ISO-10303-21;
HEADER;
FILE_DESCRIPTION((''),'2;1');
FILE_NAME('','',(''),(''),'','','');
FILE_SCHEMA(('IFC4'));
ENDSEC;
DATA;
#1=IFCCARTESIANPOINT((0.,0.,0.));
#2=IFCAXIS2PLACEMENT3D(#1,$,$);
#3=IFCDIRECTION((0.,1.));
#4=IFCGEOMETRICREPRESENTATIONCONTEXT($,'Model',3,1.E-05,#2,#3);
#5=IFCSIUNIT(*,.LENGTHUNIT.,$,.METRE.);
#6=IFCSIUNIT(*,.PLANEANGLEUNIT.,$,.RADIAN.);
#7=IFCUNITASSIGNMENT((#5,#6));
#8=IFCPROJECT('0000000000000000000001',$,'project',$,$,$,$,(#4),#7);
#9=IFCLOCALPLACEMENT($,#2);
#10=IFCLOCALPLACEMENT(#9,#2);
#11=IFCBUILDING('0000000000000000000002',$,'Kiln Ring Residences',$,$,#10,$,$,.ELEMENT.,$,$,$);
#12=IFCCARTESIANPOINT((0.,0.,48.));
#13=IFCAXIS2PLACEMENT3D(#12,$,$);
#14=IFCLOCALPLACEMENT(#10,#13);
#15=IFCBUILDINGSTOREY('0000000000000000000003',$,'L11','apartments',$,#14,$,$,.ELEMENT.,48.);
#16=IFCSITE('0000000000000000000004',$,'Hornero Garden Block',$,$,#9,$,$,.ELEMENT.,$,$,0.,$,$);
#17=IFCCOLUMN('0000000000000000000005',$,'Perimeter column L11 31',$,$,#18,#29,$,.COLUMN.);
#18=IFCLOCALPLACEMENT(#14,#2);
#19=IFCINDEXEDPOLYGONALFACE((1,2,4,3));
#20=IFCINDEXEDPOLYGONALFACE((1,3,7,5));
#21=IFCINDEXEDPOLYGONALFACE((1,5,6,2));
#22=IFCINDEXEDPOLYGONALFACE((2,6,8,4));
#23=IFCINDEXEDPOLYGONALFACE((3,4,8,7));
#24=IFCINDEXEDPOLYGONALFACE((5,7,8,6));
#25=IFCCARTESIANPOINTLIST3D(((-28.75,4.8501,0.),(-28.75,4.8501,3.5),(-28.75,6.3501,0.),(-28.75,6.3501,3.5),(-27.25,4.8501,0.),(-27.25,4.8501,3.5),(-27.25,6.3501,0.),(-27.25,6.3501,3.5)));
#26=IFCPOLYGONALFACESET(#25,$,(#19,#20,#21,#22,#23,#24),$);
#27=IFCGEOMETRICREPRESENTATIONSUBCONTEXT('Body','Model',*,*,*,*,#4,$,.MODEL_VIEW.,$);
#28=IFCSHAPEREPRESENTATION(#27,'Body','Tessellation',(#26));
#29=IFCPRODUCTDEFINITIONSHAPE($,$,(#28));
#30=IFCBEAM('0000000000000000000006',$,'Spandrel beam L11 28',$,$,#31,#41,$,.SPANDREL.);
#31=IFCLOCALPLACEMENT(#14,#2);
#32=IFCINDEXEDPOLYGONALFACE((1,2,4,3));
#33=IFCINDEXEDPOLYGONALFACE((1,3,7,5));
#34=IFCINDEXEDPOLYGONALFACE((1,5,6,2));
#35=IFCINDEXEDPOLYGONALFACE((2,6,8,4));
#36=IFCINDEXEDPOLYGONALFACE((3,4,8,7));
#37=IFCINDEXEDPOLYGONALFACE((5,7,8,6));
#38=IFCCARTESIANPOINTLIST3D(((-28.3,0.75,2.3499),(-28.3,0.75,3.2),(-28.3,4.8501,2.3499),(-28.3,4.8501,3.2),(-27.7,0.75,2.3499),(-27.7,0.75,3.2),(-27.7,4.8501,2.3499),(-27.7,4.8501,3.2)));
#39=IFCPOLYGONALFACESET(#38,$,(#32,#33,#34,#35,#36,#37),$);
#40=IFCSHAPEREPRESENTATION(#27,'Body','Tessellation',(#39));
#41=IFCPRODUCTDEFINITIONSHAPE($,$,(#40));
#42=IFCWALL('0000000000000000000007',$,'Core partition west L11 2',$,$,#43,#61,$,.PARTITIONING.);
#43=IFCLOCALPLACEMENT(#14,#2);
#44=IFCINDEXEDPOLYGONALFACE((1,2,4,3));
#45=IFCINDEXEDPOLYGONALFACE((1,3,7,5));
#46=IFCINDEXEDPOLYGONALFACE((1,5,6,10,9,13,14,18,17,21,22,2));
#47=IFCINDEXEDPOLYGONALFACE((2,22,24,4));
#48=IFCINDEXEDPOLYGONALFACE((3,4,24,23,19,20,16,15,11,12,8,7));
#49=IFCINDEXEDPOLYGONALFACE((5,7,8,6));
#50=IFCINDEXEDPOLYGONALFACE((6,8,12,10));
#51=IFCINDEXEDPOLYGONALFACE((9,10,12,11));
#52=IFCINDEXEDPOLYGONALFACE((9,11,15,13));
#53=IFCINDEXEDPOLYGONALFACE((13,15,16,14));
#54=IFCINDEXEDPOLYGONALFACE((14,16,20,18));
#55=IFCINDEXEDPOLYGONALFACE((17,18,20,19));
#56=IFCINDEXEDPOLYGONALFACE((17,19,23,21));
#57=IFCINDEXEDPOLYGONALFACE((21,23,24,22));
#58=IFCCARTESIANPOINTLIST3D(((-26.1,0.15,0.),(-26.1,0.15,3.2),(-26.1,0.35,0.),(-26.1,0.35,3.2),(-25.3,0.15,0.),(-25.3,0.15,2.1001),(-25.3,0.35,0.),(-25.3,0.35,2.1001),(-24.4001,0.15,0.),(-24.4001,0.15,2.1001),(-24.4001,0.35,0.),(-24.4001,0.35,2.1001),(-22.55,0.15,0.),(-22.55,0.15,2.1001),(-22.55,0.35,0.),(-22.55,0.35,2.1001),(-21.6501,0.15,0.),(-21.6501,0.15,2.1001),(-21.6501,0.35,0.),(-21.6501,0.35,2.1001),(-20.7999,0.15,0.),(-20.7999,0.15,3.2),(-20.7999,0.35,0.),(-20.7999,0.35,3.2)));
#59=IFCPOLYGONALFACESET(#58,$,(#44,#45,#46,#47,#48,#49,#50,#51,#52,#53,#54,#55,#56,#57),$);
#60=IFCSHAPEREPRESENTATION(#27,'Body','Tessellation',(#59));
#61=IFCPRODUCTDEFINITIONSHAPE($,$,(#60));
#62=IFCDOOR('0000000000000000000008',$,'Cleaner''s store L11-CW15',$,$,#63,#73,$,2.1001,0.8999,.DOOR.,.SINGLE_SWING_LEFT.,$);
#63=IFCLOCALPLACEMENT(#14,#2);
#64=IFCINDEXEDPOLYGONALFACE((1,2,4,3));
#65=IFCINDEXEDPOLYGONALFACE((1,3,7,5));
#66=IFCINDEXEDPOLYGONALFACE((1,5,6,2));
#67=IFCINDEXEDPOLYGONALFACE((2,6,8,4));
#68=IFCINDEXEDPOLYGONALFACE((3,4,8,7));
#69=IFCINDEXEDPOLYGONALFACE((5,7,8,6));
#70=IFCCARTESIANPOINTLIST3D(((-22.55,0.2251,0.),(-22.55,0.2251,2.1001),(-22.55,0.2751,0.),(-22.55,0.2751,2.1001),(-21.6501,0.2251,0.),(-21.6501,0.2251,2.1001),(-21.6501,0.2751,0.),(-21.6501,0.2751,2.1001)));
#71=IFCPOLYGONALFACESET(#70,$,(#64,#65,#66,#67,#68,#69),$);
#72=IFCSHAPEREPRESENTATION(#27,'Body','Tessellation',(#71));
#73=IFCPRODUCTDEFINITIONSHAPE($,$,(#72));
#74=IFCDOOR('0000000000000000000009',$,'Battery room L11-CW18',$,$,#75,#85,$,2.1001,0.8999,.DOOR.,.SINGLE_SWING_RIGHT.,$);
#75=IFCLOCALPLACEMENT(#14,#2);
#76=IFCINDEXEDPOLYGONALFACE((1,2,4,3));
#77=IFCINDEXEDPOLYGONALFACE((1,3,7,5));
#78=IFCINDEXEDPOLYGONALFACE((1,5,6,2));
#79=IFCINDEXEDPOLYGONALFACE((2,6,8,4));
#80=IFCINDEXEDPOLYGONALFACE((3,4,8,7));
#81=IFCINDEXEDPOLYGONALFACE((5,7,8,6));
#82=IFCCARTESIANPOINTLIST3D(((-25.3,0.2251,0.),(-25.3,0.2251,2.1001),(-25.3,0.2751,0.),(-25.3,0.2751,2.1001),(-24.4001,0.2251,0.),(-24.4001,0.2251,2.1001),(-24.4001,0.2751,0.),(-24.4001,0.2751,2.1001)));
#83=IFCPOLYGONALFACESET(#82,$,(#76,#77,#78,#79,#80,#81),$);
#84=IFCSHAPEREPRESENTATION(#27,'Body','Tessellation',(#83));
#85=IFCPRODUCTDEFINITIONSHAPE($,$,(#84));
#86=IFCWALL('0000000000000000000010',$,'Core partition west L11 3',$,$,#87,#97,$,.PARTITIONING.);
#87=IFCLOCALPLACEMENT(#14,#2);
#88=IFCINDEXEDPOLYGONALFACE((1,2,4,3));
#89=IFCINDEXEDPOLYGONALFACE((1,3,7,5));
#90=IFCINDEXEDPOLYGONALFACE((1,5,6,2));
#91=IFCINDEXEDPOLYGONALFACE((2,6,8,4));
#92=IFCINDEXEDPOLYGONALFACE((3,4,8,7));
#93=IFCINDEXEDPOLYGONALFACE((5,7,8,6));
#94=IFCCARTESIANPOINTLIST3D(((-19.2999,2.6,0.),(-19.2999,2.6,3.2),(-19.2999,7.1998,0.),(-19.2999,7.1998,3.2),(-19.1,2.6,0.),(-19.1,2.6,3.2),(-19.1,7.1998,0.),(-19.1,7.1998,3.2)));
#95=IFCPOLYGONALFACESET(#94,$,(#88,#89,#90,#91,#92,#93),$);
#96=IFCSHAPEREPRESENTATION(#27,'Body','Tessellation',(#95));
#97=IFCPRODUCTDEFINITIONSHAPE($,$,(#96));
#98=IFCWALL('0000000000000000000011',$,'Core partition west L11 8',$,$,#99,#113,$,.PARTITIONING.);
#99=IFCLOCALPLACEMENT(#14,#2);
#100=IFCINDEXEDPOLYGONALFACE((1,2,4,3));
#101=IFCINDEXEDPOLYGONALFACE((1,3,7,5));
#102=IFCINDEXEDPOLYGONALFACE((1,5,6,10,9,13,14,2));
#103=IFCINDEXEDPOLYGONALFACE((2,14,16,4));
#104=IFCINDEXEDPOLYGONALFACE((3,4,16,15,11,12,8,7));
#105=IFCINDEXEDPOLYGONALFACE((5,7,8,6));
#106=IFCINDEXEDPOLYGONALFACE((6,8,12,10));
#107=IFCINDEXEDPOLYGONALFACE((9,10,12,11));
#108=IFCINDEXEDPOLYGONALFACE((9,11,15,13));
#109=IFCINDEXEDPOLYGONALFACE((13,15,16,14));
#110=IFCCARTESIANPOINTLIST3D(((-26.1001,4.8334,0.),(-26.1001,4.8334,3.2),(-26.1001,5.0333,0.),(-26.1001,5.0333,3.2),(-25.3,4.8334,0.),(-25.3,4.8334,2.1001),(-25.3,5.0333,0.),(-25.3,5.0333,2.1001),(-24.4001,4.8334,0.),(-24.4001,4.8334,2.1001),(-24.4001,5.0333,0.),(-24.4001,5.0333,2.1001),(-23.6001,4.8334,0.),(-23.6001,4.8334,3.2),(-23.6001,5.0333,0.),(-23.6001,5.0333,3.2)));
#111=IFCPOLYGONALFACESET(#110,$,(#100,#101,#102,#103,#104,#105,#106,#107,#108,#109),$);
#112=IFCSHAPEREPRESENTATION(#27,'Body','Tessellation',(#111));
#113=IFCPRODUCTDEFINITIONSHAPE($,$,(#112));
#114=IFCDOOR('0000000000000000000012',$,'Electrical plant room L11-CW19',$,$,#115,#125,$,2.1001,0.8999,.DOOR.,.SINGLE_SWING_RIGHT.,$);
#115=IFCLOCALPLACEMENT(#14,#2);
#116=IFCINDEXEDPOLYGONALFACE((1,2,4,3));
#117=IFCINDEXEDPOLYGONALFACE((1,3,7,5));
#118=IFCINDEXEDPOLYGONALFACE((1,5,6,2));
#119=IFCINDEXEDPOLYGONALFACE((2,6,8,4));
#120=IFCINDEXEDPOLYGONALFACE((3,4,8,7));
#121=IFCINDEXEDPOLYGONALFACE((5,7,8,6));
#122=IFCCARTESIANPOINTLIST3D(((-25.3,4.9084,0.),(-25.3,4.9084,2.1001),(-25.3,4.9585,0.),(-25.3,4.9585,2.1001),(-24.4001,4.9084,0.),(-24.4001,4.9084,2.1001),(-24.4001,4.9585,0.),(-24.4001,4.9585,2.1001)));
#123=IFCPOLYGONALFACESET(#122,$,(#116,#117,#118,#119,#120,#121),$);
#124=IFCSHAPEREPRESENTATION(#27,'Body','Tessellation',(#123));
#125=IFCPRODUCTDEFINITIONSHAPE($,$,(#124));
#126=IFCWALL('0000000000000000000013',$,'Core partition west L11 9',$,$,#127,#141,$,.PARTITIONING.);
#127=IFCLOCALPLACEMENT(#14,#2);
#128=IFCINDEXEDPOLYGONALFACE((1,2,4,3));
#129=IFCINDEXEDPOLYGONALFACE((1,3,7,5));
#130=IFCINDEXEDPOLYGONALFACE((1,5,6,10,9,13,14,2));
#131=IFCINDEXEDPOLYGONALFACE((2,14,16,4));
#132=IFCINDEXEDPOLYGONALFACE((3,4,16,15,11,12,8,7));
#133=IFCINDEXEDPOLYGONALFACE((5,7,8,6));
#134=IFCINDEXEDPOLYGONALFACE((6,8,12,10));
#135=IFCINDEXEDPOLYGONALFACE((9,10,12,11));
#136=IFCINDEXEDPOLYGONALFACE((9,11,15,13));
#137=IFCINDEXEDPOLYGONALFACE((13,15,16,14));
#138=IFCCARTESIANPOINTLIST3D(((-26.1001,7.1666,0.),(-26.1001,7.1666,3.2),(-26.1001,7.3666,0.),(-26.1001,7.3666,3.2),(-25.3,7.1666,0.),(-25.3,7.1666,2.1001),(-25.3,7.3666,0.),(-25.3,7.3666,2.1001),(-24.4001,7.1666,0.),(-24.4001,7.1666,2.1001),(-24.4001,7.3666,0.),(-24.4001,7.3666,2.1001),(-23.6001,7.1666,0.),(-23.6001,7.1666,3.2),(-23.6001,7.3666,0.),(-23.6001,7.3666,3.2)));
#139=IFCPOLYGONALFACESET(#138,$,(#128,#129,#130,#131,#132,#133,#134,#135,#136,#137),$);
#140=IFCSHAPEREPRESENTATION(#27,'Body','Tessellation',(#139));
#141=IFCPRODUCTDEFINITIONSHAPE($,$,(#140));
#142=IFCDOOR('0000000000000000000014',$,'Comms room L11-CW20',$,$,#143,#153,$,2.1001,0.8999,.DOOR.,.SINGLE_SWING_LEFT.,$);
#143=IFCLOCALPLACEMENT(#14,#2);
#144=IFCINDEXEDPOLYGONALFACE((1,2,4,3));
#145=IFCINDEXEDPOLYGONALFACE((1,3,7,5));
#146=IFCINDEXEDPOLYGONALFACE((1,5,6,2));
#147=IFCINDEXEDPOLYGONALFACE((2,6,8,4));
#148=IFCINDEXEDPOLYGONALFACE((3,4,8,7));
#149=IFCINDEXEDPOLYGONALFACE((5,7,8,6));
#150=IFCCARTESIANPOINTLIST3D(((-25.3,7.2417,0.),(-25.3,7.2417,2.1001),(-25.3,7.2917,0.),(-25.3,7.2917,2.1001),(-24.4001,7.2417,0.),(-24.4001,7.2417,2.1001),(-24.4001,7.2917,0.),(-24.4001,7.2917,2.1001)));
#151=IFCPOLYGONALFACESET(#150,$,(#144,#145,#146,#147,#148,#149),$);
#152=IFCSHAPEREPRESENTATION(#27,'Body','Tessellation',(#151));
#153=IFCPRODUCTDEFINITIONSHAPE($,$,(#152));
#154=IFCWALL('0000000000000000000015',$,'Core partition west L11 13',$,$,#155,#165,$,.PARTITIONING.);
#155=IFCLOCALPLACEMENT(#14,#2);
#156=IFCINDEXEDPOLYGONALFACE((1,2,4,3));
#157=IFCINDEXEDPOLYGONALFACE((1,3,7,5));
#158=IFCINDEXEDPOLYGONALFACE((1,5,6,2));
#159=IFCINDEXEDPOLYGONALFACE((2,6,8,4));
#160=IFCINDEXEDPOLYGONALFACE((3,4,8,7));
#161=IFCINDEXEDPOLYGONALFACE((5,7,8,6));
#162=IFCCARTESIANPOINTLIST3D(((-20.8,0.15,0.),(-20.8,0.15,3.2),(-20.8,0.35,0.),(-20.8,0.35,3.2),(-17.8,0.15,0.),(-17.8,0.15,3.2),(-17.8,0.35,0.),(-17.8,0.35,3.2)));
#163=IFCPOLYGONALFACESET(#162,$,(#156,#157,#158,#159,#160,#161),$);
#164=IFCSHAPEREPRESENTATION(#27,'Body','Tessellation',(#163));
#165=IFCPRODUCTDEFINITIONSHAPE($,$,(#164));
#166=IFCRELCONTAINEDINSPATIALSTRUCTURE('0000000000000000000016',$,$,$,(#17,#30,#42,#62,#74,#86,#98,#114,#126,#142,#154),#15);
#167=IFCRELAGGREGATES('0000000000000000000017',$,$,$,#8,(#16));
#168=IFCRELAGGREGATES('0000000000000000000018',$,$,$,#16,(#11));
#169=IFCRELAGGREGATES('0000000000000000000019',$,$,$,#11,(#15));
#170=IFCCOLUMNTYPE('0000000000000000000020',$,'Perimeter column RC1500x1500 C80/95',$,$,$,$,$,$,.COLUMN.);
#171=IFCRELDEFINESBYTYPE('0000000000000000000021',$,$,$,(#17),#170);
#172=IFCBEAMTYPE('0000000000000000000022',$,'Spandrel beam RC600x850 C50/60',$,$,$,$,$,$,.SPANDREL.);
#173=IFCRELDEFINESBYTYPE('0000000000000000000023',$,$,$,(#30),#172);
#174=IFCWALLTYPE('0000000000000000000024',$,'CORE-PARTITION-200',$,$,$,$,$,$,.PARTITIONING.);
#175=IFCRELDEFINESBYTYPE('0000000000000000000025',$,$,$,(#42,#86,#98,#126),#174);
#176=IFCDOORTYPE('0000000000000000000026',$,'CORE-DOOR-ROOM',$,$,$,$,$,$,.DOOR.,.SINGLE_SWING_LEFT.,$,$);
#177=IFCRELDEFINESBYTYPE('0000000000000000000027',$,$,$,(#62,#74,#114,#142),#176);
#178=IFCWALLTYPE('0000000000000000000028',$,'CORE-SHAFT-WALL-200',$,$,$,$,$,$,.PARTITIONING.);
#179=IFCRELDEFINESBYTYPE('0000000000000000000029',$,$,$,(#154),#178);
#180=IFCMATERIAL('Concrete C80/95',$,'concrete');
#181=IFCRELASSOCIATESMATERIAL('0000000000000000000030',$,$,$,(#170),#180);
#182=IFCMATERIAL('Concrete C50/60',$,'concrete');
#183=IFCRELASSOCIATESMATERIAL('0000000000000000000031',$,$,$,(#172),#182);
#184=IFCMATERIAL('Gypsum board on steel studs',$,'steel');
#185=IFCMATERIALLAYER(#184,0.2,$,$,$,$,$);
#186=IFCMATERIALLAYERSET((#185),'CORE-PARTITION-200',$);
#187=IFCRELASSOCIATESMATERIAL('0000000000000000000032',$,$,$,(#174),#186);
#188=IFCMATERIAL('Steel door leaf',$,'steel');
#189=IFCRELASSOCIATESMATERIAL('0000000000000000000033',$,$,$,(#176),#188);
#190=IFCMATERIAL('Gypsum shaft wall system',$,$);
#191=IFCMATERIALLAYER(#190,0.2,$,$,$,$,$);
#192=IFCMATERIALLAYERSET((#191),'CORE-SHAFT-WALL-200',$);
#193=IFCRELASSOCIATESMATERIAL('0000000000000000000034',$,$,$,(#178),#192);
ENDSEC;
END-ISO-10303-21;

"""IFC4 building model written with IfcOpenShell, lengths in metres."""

from ifc_helpers import new_model, si_unit, direction, frame, frame_2d, origin, origin_2d, place, context, subcontext, project, spatial, rectangle, extrude, material, layer, layer_set, material_profile, profile_set, type_object, element, fill, save


model = new_model("IFC4")

# Units and contexts
model_context = context("Model", 3, precision=1e-05, world=origin(), true_north=direction((0.0, 1.0)))
body_context = subcontext(model_context, "Body", "Model", "MODEL_VIEW")
ifc_project = project(units=[si_unit("LENGTHUNIT", "METRE"), si_unit("PLANEANGLEUNIT", "RADIAN")], contexts=[model_context])

# Site, building, storey
site_placement = place(None, origin())
site = spatial("IfcSite", under=ifc_project, at=site_placement, Name="Hornero Garden Block", CompositionType="ELEMENT", RefElevation=0.0)
building_placement = place(site_placement, origin())
building = spatial("IfcBuilding", under=site, at=building_placement, Name="Kiln Ring Residences", CompositionType="ELEMENT")
storey_placement = place(building_placement, frame((0.0, 0.0, 48.0)))
storey = spatial("IfcBuildingStorey", under=building, at=storey_placement, Name="L11", Description="apartments", CompositionType="ELEMENT", Elevation=48.0)

# Column
ifc_material_1 = material(Name="Concrete C80/95", Category="concrete")
ifc_material_profile_1 = material_profile(ifc_material_1, rectangle(XDim=1.5, YDim=1.5, at=origin_2d()), Name="RC1500x1500")
ifc_profile_set_1 = profile_set([ifc_material_profile_1], Name="Concrete C80/95")
column_type = type_object("IfcColumnType", Name="Perimeter column RC1500x1500 C80/95", PredefinedType="COLUMN", material=ifc_profile_set_1)
column_placement = place(storey_placement, frame((-28.0, 5.6001, 0.0), z_axis=(0.0, 0.0, 1.0), x_axis=(1.0, 0.0, 0.0)))
element("IfcColumn", 1, at=column_placement, inside=storey, type_object=column_type, Name="Perimeter column L11 31", PredefinedType="COLUMN", context=body_context, shape_type="SweptSolid", body=[
    extrude(rectangle(XDim=1.5, YDim=1.5, at=origin_2d()), origin(), (0.0, 0.0, 1.0), 3.5),
])

# Beam
ifc_material_2 = material(Name="Concrete C50/60", Category="concrete")
ifc_material_profile_2 = material_profile(ifc_material_2, rectangle(XDim=0.6001, YDim=0.8501, at=origin_2d()), Name="RC600x850")
ifc_profile_set_2 = profile_set([ifc_material_profile_2], Name="Concrete C50/60")
beam_type = type_object("IfcBeamType", Name="Spandrel beam RC600x850 C50/60", PredefinedType="SPANDREL", material=ifc_profile_set_2)
beam_placement = place(storey_placement, frame((-28.0, 4.8501, 2.7749), z_axis=(0.0, -1.0, 0.0), x_axis=(1.0, 0.0, 0.0)))
element("IfcBeam", 2, at=beam_placement, inside=storey, type_object=beam_type, Name="Spandrel beam L11 28", PredefinedType="SPANDREL", context=body_context, shape_type="SweptSolid", body=[
    extrude(rectangle(XDim=0.6001, YDim=0.8501, at=origin_2d()), origin(), (0.0, 0.0, 1.0), 4.1001),
])

# Wall, openings, doors
ifc_material_3 = material(Name="Gypsum board on steel studs", Category="steel")
ifc_layer_1 = layer(ifc_material_3, 0.2)
ifc_layer_set_1 = layer_set([ifc_layer_1], Name="CORE-PARTITION-200")
wall_type_1 = type_object("IfcWallType", Name="CORE-PARTITION-200", PredefinedType="PARTITIONING", material=ifc_layer_set_1)
wall_1_placement = place(storey_placement, frame((-20.8, 0.25, 0.0), z_axis=(0.0, 0.0, 1.0), x_axis=(-1.0, 0.0, 0.0)))
wall_1 = element("IfcWall", 3, at=wall_1_placement, inside=storey, type_object=wall_type_1, Name="Core partition west L11 2", PredefinedType="PARTITIONING", context=body_context, shape_type="SweptSolid", body=[
    extrude(rectangle(XDim=5.3, YDim=0.2, at=frame_2d((2.6499, 0.0))), origin(), (0.0, 0.0, 1.0), 3.2),
])
opening_1_placement = place(wall_1_placement, frame((0.8501, 0.0, 0.0)))
opening_1 = element("IfcOpeningElement", 4, at=opening_1_placement, cuts=wall_1, PredefinedType="OPENING", context=body_context, shape_type="SweptSolid", body=[
    extrude(rectangle(XDim=0.8999, YDim=2.1001, at=frame_2d((0.45, 1.05))), frame((0.0, 0.1099, 0.0), z_axis=(0.0, -1.0, 0.0), x_axis=(1.0, 0.0, 0.0)), (0.0, 0.0, 1.0), 0.22),
])
opening_2_placement = place(wall_1_placement, frame((3.6001, 0.0, 0.0)))
opening_2 = element("IfcOpeningElement", 5, at=opening_2_placement, cuts=wall_1, PredefinedType="OPENING", context=body_context, shape_type="SweptSolid", body=[
    extrude(rectangle(XDim=0.8999, YDim=2.1001, at=frame_2d((0.45, 1.05))), frame((0.0, 0.1099, 0.0), z_axis=(0.0, -1.0, 0.0), x_axis=(1.0, 0.0, 0.0)), (0.0, 0.0, 1.0), 0.22),
])
ifc_material_4 = material(Name="Steel door leaf", Category="steel")
door_type = type_object("IfcDoorType", Name="CORE-DOOR-ROOM", OperationType="SINGLE_SWING_LEFT", PredefinedType="DOOR", material=ifc_material_4)
door_1_placement = place(opening_1_placement, origin())
door_1 = element("IfcDoor", 6, at=door_1_placement, inside=storey, type_object=door_type, Name="Cleaner's store L11-CW15", OperationType="SINGLE_SWING_LEFT", OverallHeight=2.1001, OverallWidth=0.8999, PredefinedType="DOOR", context=body_context, shape_type="SweptSolid", body=[
    extrude(rectangle(XDim=0.8999, YDim=2.1001, at=frame_2d((0.45, 1.05))), frame((0.0, 0.0249, 0.0), z_axis=(0.0, -1.0, 0.0), x_axis=(1.0, 0.0, 0.0)), (0.0, 0.0, 1.0), 0.05),
])
fill(opening_1, door_1)
door_2_placement = place(opening_2_placement, origin())
door_2 = element("IfcDoor", 7, at=door_2_placement, inside=storey, type_object=door_type, Name="Battery room L11-CW18", OperationType="SINGLE_SWING_RIGHT", OverallHeight=2.1001, OverallWidth=0.8999, PredefinedType="DOOR", context=body_context, shape_type="SweptSolid", body=[
    extrude(rectangle(XDim=0.8999, YDim=2.1001, at=frame_2d((0.45, 1.05))), frame((0.0, 0.0249, 0.0), z_axis=(0.0, -1.0, 0.0), x_axis=(1.0, 0.0, 0.0)), (0.0, 0.0, 1.0), 0.05),
])
fill(opening_2, door_2)

# Wall
wall_2_placement = place(storey_placement, frame((-19.2, 2.6001, 0.0), z_axis=(0.0, 0.0, 1.0), x_axis=(0.0, 1.0, 0.0)))
element("IfcWall", 8, at=wall_2_placement, inside=storey, type_object=wall_type_1, Name="Core partition west L11 3", PredefinedType="PARTITIONING", context=body_context, shape_type="SweptSolid", body=[
    extrude(rectangle(XDim=4.5999, YDim=0.2, at=frame_2d((2.2998, 0.0))), origin(), (0.0, 0.0, 1.0), 3.2),
])

# Walls, openings, doors
wall_3_placement = place(storey_placement, frame((-23.6001, 4.9333, 0.0), z_axis=(0.0, 0.0, 1.0), x_axis=(-1.0, 0.0, 0.0)))
wall_3 = element("IfcWall", 9, at=wall_3_placement, inside=storey, type_object=wall_type_1, Name="Core partition west L11 8", PredefinedType="PARTITIONING", context=body_context, shape_type="SweptSolid", body=[
    extrude(rectangle(XDim=2.5, YDim=0.2, at=frame_2d((1.25, 0.0))), origin(), (0.0, 0.0, 1.0), 3.2),
])
opening_3_placement = place(wall_3_placement, frame((0.8, 0.0, 0.0)))
opening_3 = element("IfcOpeningElement", 10, at=opening_3_placement, cuts=wall_3, PredefinedType="OPENING", context=body_context, shape_type="SweptSolid", body=[
    extrude(rectangle(XDim=0.8999, YDim=2.1001, at=frame_2d((0.45, 1.05))), frame((0.0, 0.1099, 0.0), z_axis=(0.0, -1.0, 0.0), x_axis=(1.0, 0.0, 0.0)), (0.0, 0.0, 1.0), 0.22),
])
door_3_placement = place(opening_3_placement, origin())
door_3 = element("IfcDoor", 11, at=door_3_placement, inside=storey, type_object=door_type, Name="Electrical plant room L11-CW19", OperationType="SINGLE_SWING_RIGHT", OverallHeight=2.1001, OverallWidth=0.8999, PredefinedType="DOOR", context=body_context, shape_type="SweptSolid", body=[
    extrude(rectangle(XDim=0.8999, YDim=2.1001, at=frame_2d((0.45, 1.05))), frame((0.0, 0.0249, 0.0), z_axis=(0.0, -1.0, 0.0), x_axis=(1.0, 0.0, 0.0)), (0.0, 0.0, 1.0), 0.05),
])
fill(opening_3, door_3)
wall_4_placement = place(storey_placement, frame((-23.6001, 7.2666, 0.0), z_axis=(0.0, 0.0, 1.0), x_axis=(-1.0, 0.0, 0.0)))
wall_4 = element("IfcWall", 12, at=wall_4_placement, inside=storey, type_object=wall_type_1, Name="Core partition west L11 9", PredefinedType="PARTITIONING", context=body_context, shape_type="SweptSolid", body=[
    extrude(rectangle(XDim=2.5, YDim=0.2, at=frame_2d((1.25, 0.0))), origin(), (0.0, 0.0, 1.0), 3.2),
])
opening_4_placement = place(wall_4_placement, frame((0.8, 0.0, 0.0)))
opening_4 = element("IfcOpeningElement", 13, at=opening_4_placement, cuts=wall_4, PredefinedType="OPENING", context=body_context, shape_type="SweptSolid", body=[
    extrude(rectangle(XDim=0.8999, YDim=2.1001, at=frame_2d((0.45, 1.05))), frame((0.0, 0.1099, 0.0), z_axis=(0.0, -1.0, 0.0), x_axis=(1.0, 0.0, 0.0)), (0.0, 0.0, 1.0), 0.22),
])
door_4_placement = place(opening_4_placement, origin())
door_4 = element("IfcDoor", 14, at=door_4_placement, inside=storey, type_object=door_type, Name="Comms room L11-CW20", OperationType="SINGLE_SWING_LEFT", OverallHeight=2.1001, OverallWidth=0.8999, PredefinedType="DOOR", context=body_context, shape_type="SweptSolid", body=[
    extrude(rectangle(XDim=0.8999, YDim=2.1001, at=frame_2d((0.45, 1.05))), frame((0.0, 0.0249, 0.0), z_axis=(0.0, -1.0, 0.0), x_axis=(1.0, 0.0, 0.0)), (0.0, 0.0, 1.0), 0.05),
])
fill(opening_4, door_4)

# Wall
ifc_material_5 = material(Name="Gypsum shaft wall system")
ifc_layer_2 = layer(ifc_material_5, 0.2)
ifc_layer_set_2 = layer_set([ifc_layer_2], Name="CORE-SHAFT-WALL-200")
wall_type_2 = type_object("IfcWallType", Name="CORE-SHAFT-WALL-200", PredefinedType="PARTITIONING", material=ifc_layer_set_2)
wall_5_placement = place(storey_placement, frame((-17.8, 0.25, 0.0), z_axis=(0.0, 0.0, 1.0), x_axis=(-1.0, 0.0, 0.0)))
element("IfcWall", 15, at=wall_5_placement, inside=storey, type_object=wall_type_2, Name="Core partition west L11 13", PredefinedType="PARTITIONING", context=body_context, shape_type="SweptSolid", body=[
    extrude(rectangle(XDim=3.0, YDim=0.2, at=frame_2d((1.5, 0.0))), origin(), (0.0, 0.0, 1.0), 3.2),
])

save(model, "model.ifc")
